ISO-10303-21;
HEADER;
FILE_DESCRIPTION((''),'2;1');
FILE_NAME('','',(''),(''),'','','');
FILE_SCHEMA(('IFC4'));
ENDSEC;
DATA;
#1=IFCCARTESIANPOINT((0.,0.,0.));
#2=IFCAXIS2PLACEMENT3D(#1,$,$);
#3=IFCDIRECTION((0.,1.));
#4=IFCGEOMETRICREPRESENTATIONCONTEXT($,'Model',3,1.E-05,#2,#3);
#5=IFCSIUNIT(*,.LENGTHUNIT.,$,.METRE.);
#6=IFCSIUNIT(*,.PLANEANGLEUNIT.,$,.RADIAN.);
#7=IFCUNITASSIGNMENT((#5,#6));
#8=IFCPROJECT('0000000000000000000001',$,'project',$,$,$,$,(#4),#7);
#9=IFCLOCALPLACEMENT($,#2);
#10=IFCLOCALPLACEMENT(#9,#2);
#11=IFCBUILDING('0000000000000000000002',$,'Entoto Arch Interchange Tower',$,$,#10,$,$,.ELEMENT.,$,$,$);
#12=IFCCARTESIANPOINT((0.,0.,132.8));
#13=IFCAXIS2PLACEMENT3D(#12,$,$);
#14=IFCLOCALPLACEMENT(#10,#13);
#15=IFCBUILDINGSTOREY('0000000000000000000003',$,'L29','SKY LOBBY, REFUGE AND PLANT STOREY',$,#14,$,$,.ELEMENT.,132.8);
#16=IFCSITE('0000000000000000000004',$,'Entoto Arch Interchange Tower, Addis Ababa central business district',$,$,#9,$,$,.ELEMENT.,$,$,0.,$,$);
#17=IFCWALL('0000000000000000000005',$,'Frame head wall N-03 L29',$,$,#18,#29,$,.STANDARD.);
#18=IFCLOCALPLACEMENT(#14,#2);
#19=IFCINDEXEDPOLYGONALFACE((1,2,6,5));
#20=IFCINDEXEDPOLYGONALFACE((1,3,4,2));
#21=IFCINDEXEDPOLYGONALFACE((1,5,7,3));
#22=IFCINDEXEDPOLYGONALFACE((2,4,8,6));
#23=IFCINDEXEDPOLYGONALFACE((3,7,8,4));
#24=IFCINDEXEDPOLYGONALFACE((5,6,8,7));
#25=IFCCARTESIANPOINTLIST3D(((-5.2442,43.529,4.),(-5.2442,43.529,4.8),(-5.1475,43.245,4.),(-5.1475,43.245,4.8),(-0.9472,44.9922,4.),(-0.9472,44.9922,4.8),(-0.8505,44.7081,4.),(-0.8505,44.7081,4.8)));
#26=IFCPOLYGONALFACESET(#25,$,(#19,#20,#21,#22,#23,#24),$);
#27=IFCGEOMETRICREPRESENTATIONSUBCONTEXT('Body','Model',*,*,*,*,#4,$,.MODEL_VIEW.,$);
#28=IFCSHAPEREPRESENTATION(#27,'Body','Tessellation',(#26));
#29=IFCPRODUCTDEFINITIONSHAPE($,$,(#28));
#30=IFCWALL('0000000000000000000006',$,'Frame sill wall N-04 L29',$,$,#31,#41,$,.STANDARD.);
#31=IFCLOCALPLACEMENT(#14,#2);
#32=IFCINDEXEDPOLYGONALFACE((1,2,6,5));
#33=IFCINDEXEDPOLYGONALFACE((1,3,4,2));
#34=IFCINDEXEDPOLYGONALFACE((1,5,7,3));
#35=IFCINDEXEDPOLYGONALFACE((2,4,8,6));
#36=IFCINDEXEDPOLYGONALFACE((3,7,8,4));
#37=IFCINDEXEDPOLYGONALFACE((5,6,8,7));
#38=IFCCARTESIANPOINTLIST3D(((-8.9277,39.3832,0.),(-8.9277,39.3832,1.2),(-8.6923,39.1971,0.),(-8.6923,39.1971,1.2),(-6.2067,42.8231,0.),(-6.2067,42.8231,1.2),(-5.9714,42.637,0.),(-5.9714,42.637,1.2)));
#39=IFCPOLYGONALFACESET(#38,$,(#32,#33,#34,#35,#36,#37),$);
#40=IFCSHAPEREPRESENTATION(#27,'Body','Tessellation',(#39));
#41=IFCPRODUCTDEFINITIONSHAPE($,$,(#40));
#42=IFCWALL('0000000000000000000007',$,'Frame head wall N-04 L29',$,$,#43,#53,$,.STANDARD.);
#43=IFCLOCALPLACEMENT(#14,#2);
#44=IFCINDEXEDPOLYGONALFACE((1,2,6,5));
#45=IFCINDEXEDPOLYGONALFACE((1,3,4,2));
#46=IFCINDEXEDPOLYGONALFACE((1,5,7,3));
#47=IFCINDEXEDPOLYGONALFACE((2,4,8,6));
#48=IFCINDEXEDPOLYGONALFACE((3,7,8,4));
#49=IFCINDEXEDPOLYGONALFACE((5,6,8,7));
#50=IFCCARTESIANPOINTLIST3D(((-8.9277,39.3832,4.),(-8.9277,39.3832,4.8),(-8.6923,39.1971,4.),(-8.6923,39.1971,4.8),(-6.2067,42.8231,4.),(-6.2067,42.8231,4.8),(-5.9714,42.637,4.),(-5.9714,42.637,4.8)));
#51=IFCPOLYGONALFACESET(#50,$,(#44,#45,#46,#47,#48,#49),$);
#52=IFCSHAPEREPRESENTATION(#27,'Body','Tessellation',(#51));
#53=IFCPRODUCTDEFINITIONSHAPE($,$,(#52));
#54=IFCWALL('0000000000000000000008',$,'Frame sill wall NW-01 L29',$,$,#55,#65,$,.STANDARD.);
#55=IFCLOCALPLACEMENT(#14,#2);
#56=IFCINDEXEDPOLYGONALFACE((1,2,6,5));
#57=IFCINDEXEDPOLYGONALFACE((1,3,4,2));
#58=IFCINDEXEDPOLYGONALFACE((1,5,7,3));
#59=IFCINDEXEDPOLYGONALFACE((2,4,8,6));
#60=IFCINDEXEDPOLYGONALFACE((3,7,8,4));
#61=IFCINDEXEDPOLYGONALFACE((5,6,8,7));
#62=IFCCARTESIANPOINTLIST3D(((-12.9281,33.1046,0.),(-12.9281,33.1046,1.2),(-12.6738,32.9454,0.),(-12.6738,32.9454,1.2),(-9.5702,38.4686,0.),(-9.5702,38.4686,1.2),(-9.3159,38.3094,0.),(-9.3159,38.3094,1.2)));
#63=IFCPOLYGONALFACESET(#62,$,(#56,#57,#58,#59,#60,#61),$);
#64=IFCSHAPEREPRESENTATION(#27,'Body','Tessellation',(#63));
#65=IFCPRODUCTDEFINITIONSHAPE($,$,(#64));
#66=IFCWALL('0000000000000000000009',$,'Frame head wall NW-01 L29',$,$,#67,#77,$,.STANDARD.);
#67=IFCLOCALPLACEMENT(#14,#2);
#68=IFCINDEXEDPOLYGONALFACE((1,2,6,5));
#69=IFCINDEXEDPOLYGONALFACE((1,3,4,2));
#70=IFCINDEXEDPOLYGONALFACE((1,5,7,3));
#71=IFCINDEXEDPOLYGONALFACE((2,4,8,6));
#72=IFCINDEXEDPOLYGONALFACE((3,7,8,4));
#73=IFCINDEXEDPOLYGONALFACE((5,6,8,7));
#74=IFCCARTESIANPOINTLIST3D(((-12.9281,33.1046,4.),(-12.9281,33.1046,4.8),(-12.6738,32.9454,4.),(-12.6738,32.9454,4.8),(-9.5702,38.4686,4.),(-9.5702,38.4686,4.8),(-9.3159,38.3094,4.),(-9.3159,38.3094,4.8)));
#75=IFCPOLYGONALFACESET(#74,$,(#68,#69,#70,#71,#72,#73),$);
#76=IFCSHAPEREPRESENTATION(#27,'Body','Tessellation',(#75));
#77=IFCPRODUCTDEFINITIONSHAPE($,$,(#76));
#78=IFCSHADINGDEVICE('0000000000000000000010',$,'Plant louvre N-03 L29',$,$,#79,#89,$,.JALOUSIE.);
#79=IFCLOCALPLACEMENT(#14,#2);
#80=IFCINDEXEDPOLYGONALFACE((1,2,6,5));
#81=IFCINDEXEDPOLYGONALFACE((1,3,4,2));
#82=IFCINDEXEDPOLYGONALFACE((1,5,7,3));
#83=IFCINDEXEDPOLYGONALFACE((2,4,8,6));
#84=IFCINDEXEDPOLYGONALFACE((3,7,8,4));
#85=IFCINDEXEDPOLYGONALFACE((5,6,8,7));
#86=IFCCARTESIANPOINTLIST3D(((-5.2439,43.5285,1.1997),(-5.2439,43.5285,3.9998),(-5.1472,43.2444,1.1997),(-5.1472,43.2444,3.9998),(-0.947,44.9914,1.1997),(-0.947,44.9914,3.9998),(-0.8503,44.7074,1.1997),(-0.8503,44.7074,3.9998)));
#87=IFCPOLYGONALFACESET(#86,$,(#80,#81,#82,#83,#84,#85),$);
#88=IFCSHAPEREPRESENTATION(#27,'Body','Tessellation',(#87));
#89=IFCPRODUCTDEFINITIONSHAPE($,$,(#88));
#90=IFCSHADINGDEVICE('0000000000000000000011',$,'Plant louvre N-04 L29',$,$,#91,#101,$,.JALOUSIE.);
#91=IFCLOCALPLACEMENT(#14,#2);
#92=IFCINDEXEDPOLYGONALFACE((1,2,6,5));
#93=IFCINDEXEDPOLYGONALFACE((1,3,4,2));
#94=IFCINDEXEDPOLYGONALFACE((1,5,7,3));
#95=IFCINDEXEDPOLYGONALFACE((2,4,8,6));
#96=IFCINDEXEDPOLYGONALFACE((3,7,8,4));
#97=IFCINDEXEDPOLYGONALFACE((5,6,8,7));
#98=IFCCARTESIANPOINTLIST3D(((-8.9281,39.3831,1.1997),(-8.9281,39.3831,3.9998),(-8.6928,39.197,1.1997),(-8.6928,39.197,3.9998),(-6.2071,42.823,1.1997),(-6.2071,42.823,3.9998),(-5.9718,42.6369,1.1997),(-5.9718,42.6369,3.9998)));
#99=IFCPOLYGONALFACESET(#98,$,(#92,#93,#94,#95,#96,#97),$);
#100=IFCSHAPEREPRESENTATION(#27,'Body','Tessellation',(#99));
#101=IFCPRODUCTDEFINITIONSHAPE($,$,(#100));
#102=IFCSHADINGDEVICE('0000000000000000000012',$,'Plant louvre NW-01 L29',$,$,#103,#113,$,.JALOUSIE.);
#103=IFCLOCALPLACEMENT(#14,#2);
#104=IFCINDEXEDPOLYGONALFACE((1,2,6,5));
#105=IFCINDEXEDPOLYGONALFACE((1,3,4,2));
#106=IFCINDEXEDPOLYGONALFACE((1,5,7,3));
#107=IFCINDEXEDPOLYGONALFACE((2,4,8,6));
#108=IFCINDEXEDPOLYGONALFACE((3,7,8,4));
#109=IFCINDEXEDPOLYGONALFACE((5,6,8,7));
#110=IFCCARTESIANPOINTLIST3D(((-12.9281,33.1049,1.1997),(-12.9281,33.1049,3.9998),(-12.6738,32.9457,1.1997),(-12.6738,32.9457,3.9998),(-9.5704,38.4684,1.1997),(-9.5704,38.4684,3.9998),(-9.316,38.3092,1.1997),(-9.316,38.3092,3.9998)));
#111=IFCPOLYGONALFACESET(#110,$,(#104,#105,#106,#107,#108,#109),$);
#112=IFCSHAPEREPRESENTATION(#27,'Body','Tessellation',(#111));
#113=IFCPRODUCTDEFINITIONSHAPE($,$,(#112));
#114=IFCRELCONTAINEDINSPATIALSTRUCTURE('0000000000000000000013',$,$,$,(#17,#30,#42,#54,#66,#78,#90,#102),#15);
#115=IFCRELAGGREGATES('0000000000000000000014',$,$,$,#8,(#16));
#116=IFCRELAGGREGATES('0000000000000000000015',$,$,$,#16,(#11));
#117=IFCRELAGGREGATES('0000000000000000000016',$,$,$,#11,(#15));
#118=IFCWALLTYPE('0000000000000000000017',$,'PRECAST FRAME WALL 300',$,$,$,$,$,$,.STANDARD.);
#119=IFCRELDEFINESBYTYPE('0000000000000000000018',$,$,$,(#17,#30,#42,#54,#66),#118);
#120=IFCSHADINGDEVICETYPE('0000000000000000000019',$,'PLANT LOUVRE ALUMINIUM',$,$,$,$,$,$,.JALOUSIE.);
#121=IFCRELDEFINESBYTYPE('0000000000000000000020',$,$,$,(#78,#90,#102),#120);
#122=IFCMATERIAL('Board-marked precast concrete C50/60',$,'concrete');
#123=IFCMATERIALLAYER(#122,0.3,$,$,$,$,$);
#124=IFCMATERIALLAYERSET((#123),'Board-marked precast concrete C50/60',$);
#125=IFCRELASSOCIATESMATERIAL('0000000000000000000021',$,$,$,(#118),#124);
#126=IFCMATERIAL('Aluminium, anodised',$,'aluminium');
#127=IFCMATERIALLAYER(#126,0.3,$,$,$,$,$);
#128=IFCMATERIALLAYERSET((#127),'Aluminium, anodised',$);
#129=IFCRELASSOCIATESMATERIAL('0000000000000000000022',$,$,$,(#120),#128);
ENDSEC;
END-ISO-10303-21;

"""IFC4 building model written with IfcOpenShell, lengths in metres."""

from ifc_helpers import new_model, si_unit, direction, frame, frame_2d, origin, origin_2d, place, context, subcontext, project, spatial, rectangle, extrude, material, layer, layer_set, type_object, element, save


model = new_model("IFC4")

# Units and contexts
model_context = context("Model", 3, precision=1e-05, world=origin(), true_north=direction((0.0, 1.0)))
body_context = subcontext(model_context, "Body", "Model", "MODEL_VIEW")
ifc_project = project(units=[si_unit("LENGTHUNIT", "METRE"), si_unit("PLANEANGLEUNIT", "RADIAN")], contexts=[model_context])

# Site, building, storey
site_placement = place(None, origin())
site = spatial("IfcSite", under=ifc_project, at=site_placement, Name="Entoto Arch Interchange Tower, Addis Ababa central business district", CompositionType="ELEMENT", RefElevation=0.0)
building_placement = place(site_placement, origin())
building = spatial("IfcBuilding", under=site, at=building_placement, Name="Entoto Arch Interchange Tower", CompositionType="ELEMENT")
storey_placement = place(building_placement, frame((0.0, 0.0, 132.8)))
storey = spatial("IfcBuildingStorey", under=building, at=storey_placement, Name="L29", Description="SKY LOBBY, REFUGE AND PLANT STOREY", CompositionType="ELEMENT", Elevation=132.8)

# Walls
ifc_material_1 = material(Name="Board-marked precast concrete C50/60", Category="concrete")
ifc_layer_1 = layer(ifc_material_1, 0.3)
ifc_layer_set_1 = layer_set([ifc_layer_1], Name="Board-marked precast concrete C50/60")
wall_type_1 = type_object("IfcWallType", Name="PRECAST FRAME WALL 300", PredefinedType="STANDARD", material=ifc_layer_set_1)
wall_1_placement = place(storey_placement, frame((-0.8989, 44.8501, 4.0), z_axis=(0.0, 0.0, 1.0), x_axis=(-0.946631, -0.32232, 0.0)))
element("IfcWall", 1, at=wall_1_placement, inside=storey, type_object=wall_type_1, Name="Frame head wall N-03 L29", PredefinedType="STANDARD", context=body_context, shape_type="SweptSolid", body=[
    extrude(rectangle(XDim=4.5393, YDim=0.3, at=frame_2d((2.2695, 0.0))), origin(), (0.0, 0.0, 1.0), 0.8),
])
wall_2_placement = place(storey_placement, frame((-6.0891, 42.73, 0.0), z_axis=(0.0, 0.0, 1.0), x_axis=(-0.620375, -0.784305, 0.0)))
element("IfcWall", 2, at=wall_2_placement, inside=storey, type_object=wall_type_1, Name="Frame sill wall N-04 L29", PredefinedType="STANDARD", context=body_context, shape_type="SweptSolid", body=[
    extrude(rectangle(XDim=4.386, YDim=0.3, at=frame_2d((2.1929, 0.0))), origin(), (0.0, 0.0, 1.0), 1.2),
])
wall_3_placement = place(storey_placement, frame((-6.0891, 42.73, 4.0), z_axis=(0.0, 0.0, 1.0), x_axis=(-0.620375, -0.784305, 0.0)))
element("IfcWall", 3, at=wall_3_placement, inside=storey, type_object=wall_type_1, Name="Frame head wall N-04 L29", PredefinedType="STANDARD", context=body_context, shape_type="SweptSolid", body=[
    extrude(rectangle(XDim=4.386, YDim=0.3, at=frame_2d((2.1929, 0.0))), origin(), (0.0, 0.0, 1.0), 0.8),
])
wall_4_placement = place(storey_placement, frame((-9.4431, 38.3889, 0.0), z_axis=(0.0, 0.0, 1.0), x_axis=(-0.530613, -0.847614, 0.0)))
element("IfcWall", 4, at=wall_4_placement, inside=storey, type_object=wall_type_1, Name="Frame sill wall NW-01 L29", PredefinedType="STANDARD", context=body_context, shape_type="SweptSolid", body=[
    extrude(rectangle(XDim=6.3284, YDim=0.3, at=frame_2d((3.1641, 0.0))), origin(), (0.0, 0.0, 1.0), 1.2),
])
wall_5_placement = place(storey_placement, frame((-9.4431, 38.3889, 4.0), z_axis=(0.0, 0.0, 1.0), x_axis=(-0.530613, -0.847614, 0.0)))
element("IfcWall", 5, at=wall_5_placement, inside=storey, type_object=wall_type_1, Name="Frame head wall NW-01 L29", PredefinedType="STANDARD", context=body_context, shape_type="SweptSolid", body=[
    extrude(rectangle(XDim=6.3284, YDim=0.3, at=frame_2d((3.1641, 0.0))), origin(), (0.0, 0.0, 1.0), 0.8),
])

# Shading devices
ifc_material_2 = material(Name="Aluminium, anodised", Category="aluminium")
ifc_layer_2 = layer(ifc_material_2, 0.3)
ifc_layer_set_2 = layer_set([ifc_layer_2], Name="Aluminium, anodised")
shading_device_type = type_object("IfcShadingDeviceType", Name="PLANT LOUVRE ALUMINIUM", PredefinedType="JALOUSIE", material=ifc_layer_set_2)
shading_device_1_placement = place(storey_placement, frame((-3.0471, 44.1179, 1.1997), z_axis=(0.0, 0.0, 1.0), x_axis=(-0.946638, -0.322299, 0.0)))
element("IfcShadingDevice", 6, at=shading_device_1_placement, inside=storey, type_object=shading_device_type, Name="Plant louvre N-03 L29", PredefinedType="JALOUSIE", context=body_context, shape_type="SweptSolid", body=[
    extrude(rectangle(XDim=4.5391, YDim=0.3, at=origin_2d()), origin(), (0.0, 0.0, 1.0), 2.8),
])
shading_device_2_placement = place(storey_placement, frame((-7.45, 41.01, 1.1997), z_axis=(0.0, 0.0, 1.0), x_axis=(-0.620382, -0.7843, 0.0)))
element("IfcShadingDevice", 7, at=shading_device_2_placement, inside=storey, type_object=shading_device_type, Name="Plant louvre N-04 L29", PredefinedType="JALOUSIE", context=body_context, shape_type="SweptSolid", body=[
    extrude(rectangle(XDim=4.386, YDim=0.3, at=origin_2d()), origin(), (0.0, 0.0, 1.0), 2.8),
])
shading_device_3_placement = place(storey_placement, frame((-11.1221, 35.707, 1.1997), z_axis=(0.0, 0.0, 1.0), x_axis=(-0.53063, -0.847604, 0.0)))
element("IfcShadingDevice", 8, at=shading_device_3_placement, inside=storey, type_object=shading_device_type, Name="Plant louvre NW-01 L29", PredefinedType="JALOUSIE", context=body_context, shape_type="SweptSolid", body=[
    extrude(rectangle(XDim=6.3279, YDim=0.3, at=origin_2d()), origin(), (0.0, 0.0, 1.0), 2.8),
])

save(model, "model.ifc")
